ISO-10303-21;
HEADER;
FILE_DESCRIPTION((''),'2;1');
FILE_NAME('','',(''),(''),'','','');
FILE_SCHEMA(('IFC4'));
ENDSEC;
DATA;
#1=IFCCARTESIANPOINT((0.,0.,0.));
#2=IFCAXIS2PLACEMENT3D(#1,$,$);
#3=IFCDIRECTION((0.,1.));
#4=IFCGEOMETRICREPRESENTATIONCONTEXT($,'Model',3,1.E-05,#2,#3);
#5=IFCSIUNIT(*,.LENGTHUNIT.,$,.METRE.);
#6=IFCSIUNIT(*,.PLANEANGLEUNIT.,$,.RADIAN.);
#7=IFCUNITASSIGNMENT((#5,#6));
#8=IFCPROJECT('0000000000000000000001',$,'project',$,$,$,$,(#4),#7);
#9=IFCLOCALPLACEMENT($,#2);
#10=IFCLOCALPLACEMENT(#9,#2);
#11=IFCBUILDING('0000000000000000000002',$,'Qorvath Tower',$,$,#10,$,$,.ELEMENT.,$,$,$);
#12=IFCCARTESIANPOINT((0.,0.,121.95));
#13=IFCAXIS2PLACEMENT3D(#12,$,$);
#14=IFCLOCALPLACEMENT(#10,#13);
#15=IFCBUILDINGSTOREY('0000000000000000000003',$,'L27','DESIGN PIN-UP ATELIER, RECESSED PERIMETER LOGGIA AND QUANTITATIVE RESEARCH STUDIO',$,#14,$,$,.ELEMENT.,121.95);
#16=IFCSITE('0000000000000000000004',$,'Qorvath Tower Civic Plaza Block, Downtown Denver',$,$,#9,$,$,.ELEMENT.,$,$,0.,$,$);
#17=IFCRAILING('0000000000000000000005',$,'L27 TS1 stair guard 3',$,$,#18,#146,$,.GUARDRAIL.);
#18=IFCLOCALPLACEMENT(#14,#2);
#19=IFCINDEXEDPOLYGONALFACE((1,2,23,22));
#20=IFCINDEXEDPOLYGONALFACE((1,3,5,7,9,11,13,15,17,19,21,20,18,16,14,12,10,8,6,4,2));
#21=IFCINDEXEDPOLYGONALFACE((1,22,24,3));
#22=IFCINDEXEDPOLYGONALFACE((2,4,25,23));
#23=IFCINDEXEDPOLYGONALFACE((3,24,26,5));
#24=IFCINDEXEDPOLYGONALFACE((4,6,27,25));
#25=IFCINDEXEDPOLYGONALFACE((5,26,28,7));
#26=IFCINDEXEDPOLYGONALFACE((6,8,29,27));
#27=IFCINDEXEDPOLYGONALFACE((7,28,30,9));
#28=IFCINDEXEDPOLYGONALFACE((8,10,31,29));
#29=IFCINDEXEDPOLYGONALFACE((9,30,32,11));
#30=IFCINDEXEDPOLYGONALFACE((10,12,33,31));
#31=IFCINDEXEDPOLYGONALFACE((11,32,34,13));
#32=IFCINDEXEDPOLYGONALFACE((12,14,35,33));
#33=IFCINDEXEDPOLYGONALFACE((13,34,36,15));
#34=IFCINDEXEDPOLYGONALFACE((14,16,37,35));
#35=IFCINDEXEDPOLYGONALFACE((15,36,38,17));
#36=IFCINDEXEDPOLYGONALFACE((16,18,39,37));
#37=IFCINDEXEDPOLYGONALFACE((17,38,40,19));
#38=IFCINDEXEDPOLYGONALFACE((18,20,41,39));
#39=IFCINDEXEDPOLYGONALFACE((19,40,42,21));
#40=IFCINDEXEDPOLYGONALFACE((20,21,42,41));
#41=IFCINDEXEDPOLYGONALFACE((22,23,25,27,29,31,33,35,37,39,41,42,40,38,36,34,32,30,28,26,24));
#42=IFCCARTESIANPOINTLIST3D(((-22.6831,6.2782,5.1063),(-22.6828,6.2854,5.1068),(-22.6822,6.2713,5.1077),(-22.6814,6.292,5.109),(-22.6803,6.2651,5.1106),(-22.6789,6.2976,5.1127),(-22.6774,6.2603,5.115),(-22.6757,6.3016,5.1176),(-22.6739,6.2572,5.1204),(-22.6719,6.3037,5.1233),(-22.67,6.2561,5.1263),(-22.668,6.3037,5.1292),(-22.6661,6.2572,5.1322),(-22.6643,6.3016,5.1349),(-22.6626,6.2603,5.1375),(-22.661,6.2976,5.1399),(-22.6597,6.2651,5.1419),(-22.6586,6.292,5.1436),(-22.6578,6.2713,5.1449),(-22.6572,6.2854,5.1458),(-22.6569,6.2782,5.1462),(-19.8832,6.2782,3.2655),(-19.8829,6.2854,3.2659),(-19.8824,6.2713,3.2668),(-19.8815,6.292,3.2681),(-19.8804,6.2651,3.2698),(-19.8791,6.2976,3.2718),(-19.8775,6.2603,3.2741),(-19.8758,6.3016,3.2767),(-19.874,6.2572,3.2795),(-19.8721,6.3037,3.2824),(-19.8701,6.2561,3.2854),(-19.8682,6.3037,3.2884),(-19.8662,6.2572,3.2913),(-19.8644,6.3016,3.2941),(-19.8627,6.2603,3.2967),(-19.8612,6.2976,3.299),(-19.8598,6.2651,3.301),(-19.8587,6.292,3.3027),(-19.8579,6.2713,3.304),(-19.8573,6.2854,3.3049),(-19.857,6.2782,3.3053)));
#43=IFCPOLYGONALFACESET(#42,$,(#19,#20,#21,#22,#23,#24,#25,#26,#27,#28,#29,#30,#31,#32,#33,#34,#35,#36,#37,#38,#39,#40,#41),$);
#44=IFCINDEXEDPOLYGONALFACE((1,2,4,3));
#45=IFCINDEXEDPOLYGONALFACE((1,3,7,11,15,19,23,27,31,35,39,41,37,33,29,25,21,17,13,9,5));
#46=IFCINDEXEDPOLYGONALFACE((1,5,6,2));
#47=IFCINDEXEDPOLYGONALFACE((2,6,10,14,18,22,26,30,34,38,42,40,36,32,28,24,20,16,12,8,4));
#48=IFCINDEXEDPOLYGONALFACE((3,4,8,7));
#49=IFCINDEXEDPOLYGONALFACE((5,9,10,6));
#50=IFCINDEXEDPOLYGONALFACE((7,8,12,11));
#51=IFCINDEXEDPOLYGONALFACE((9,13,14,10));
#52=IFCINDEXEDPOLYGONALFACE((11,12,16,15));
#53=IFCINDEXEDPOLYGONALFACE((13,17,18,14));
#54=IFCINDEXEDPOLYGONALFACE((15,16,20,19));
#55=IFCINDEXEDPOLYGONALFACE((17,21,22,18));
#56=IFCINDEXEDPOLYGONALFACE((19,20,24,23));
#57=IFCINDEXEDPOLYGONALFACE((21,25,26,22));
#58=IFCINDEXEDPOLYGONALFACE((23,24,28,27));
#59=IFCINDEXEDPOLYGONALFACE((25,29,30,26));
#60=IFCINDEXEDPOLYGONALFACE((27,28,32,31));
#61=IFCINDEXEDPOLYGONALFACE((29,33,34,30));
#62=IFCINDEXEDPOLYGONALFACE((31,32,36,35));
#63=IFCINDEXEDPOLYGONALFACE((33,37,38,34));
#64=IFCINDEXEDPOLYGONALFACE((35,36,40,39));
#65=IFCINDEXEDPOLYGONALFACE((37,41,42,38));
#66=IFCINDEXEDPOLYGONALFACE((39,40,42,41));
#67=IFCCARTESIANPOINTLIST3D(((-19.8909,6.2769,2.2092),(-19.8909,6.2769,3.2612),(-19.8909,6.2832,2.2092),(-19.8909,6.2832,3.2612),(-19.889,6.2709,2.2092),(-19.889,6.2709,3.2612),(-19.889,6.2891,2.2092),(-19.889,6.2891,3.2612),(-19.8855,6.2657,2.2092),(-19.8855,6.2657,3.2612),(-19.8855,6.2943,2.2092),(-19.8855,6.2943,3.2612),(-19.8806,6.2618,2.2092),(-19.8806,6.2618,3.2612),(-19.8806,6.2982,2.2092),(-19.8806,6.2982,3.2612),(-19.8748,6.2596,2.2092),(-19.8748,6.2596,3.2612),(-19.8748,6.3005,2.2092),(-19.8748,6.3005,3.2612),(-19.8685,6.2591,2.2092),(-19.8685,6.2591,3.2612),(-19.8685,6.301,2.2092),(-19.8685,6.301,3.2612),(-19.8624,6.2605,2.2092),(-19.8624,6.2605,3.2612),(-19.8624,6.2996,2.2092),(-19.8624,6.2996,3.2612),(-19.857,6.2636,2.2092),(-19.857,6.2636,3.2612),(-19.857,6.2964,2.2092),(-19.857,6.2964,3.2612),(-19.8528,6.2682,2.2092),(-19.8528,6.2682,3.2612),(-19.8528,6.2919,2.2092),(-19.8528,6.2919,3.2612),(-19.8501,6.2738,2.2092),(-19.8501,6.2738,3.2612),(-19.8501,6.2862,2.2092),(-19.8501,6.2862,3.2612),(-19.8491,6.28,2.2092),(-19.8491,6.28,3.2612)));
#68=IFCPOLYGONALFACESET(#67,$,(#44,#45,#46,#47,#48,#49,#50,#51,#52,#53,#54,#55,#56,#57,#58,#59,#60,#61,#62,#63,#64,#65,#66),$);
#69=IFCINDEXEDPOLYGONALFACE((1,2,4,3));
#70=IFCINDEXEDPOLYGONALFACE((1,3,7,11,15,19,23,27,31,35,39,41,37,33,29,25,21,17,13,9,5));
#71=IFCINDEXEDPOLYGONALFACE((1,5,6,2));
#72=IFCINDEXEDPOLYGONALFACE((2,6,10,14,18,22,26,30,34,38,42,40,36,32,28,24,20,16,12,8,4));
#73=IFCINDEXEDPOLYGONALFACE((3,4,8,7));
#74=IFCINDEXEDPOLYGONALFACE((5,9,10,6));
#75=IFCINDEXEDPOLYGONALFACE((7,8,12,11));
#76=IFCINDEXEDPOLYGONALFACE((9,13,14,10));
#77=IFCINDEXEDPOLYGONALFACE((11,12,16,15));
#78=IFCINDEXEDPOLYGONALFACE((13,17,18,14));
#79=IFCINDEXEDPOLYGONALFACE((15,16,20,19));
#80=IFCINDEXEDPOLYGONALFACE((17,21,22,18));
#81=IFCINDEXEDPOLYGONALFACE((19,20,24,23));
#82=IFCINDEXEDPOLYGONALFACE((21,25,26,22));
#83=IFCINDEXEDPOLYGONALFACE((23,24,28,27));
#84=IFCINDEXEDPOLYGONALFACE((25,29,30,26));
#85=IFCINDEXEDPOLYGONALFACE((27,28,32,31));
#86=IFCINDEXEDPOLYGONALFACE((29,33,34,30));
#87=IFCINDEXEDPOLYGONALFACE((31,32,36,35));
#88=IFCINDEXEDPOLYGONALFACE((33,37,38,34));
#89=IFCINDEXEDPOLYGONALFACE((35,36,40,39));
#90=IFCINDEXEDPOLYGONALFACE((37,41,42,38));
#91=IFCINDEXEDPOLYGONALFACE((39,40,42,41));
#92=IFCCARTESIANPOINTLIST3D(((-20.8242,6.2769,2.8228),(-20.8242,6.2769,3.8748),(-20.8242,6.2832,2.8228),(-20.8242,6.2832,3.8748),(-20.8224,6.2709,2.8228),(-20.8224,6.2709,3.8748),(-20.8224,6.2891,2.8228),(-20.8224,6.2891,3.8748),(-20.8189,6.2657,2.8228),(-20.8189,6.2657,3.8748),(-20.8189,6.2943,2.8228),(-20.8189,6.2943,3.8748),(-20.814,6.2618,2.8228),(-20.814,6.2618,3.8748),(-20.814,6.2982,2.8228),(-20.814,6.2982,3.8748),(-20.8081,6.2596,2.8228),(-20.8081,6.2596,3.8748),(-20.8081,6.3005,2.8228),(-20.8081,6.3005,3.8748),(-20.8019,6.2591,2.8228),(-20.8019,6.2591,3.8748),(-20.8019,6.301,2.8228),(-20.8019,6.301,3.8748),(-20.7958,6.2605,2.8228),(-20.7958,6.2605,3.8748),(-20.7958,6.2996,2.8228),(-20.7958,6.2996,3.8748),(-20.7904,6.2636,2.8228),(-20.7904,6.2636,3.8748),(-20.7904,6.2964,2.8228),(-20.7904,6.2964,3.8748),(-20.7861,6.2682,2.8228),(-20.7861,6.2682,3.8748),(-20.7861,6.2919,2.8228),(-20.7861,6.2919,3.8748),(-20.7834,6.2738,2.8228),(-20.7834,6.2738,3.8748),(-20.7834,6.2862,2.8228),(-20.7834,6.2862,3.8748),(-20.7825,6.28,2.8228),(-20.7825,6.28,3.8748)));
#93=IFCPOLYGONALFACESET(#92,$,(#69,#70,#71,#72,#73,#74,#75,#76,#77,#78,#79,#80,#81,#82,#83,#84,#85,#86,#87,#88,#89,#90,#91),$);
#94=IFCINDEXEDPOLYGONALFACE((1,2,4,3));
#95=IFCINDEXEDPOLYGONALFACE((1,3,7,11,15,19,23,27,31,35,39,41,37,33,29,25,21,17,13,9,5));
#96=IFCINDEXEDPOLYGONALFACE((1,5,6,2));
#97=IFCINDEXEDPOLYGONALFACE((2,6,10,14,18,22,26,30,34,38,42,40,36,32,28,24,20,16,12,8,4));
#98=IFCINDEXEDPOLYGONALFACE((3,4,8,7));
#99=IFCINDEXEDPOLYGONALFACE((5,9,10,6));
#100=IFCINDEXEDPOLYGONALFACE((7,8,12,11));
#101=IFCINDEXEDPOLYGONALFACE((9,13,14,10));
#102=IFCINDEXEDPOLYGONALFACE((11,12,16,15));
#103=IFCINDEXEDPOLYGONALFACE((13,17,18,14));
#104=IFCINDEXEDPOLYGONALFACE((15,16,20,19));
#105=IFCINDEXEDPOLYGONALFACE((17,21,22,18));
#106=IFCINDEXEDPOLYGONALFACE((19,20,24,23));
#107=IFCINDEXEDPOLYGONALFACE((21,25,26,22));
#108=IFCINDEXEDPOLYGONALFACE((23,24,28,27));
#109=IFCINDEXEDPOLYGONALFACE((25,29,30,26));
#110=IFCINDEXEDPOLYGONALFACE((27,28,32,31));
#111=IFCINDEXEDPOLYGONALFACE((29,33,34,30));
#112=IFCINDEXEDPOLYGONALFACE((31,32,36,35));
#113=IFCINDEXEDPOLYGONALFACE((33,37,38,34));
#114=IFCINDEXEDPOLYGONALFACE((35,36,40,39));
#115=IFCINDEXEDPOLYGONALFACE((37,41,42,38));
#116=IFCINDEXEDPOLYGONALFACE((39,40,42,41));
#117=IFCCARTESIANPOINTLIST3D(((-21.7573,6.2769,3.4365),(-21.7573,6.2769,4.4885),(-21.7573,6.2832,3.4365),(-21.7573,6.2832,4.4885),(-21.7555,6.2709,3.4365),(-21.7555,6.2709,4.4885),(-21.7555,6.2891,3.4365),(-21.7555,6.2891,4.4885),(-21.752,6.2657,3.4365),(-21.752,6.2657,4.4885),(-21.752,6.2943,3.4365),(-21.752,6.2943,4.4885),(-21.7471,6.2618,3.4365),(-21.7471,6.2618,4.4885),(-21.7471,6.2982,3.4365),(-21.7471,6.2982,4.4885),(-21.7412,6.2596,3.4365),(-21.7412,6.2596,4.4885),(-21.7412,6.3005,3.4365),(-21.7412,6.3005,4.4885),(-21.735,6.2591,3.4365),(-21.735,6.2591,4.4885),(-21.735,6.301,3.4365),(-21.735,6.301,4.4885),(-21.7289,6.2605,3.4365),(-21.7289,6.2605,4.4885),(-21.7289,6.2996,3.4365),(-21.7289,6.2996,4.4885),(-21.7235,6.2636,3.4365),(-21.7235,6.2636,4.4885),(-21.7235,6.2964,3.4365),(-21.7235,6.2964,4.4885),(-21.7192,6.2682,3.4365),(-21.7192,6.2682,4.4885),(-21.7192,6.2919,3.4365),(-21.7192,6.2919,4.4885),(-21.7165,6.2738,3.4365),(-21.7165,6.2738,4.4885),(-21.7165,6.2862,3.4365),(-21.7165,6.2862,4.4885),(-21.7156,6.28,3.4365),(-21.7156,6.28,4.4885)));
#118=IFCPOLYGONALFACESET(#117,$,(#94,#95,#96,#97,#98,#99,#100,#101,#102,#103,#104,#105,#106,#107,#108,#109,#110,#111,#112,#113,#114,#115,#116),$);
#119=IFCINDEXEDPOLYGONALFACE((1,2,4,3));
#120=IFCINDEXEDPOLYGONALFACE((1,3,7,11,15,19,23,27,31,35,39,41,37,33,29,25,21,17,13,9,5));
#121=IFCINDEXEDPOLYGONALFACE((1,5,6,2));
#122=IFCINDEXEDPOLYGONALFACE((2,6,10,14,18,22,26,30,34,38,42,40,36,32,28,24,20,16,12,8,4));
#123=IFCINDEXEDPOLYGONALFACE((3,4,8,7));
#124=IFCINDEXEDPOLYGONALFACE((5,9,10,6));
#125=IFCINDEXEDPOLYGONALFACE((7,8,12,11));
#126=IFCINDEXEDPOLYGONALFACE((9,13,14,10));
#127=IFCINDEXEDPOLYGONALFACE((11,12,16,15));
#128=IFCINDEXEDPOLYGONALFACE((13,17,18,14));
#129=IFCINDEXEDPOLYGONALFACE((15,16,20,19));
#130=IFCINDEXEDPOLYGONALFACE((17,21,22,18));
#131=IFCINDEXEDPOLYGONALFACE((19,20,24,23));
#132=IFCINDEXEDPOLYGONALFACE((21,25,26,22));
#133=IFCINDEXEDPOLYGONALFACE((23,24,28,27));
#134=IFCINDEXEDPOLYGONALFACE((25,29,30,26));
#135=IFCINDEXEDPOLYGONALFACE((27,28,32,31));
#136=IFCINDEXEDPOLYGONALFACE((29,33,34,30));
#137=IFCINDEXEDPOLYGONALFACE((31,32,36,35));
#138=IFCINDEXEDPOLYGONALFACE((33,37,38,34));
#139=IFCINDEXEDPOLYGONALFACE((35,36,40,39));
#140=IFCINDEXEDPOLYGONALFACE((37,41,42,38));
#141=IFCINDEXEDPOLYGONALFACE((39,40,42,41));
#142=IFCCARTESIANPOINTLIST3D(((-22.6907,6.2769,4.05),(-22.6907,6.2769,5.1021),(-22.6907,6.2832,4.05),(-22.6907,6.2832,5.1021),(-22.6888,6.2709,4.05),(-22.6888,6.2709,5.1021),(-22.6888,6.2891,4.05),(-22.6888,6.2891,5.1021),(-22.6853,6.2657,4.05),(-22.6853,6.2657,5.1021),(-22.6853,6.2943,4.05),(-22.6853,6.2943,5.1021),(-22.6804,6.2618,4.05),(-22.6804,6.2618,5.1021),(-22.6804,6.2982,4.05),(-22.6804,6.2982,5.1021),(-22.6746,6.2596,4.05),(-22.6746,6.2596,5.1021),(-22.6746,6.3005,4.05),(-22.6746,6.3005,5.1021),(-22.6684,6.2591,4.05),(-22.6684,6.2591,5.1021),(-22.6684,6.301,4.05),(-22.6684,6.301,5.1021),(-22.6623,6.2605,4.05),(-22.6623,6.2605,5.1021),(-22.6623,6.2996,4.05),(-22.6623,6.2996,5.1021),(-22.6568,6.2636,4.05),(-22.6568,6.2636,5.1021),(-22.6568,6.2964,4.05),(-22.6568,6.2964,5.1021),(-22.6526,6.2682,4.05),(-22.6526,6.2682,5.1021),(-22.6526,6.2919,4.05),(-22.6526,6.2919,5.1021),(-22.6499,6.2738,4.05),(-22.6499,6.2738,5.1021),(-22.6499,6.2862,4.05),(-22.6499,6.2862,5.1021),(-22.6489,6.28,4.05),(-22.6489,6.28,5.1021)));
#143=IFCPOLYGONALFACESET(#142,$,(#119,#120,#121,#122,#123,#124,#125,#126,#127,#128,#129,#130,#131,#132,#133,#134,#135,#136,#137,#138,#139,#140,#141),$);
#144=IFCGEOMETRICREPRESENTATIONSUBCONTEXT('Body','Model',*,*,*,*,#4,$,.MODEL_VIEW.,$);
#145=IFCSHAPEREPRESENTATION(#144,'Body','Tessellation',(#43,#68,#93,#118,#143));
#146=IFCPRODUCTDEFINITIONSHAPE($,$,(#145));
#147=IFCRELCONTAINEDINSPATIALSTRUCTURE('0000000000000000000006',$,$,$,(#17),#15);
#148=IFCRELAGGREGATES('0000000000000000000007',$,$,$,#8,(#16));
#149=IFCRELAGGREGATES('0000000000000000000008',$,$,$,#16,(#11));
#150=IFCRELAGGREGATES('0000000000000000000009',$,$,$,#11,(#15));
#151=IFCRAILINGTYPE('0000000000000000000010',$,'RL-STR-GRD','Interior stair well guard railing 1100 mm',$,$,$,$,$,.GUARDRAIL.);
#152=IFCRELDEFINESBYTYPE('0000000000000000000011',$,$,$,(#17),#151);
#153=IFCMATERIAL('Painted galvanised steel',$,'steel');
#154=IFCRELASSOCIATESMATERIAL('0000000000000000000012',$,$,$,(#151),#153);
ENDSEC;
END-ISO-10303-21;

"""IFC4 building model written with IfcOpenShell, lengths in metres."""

from ifc_helpers import new_model, si_unit, direction, frame, origin, origin_2d, place, context, subcontext, project, spatial, circle, extrude, material, type_object, element, save


model = new_model("IFC4")

# Units and contexts
model_context = context("Model", 3, precision=1e-05, world=origin(), true_north=direction((0.0, 1.0)))
body_context = subcontext(model_context, "Body", "Model", "MODEL_VIEW")
ifc_project = project(units=[si_unit("LENGTHUNIT", "METRE"), si_unit("PLANEANGLEUNIT", "RADIAN")], contexts=[model_context])

# Site, building, storey
site_placement = place(None, origin())
site = spatial("IfcSite", under=ifc_project, at=site_placement, Name="Qorvath Tower Civic Plaza Block, Downtown Denver", CompositionType="ELEMENT", RefElevation=0.0)
building_placement = place(site_placement, origin())
building = spatial("IfcBuilding", under=site, at=building_placement, Name="Qorvath Tower", CompositionType="ELEMENT")
storey_placement = place(building_placement, frame((0.0, 0.0, 121.95)))
storey = spatial("IfcBuildingStorey", under=building, at=storey_placement, Name="L27", Description="DESIGN PIN-UP ATELIER, RECESSED PERIMETER LOGGIA AND QUANTITATIVE RESEARCH STUDIO", CompositionType="ELEMENT", Elevation=121.95)

# Railing
ifc_material_1 = material(Name="Painted galvanised steel", Category="steel")
railing_type_1 = type_object("IfcRailingType", Name="RL-STR-GRD", Description="Interior stair well guard railing 1100 mm", PredefinedType="GUARDRAIL", material=ifc_material_1)
railing_1_placement = place(storey_placement, frame((-19.8701, 6.28, 2.2092)))
element("IfcRailing", 1, at=railing_1_placement, inside=storey, type_object=railing_type_1, Name="L27 TS1 stair guard 3", PredefinedType="GUARDRAIL", context=body_context, shape_type="SweptSolid", body=[
    extrude(circle(Radius=0.0239, at=origin_2d()), frame((0.0, 0.0, 1.0762), z_axis=(-0.835576, 0.0, 0.549376), x_axis=(0.0, -1.0, 0.0)), (0.0, 0.0, 1.0), 3.3508),
    extrude(circle(Radius=0.021, at=origin_2d()), origin(), (0.0, 0.0, 1.0), 1.052),
    extrude(circle(Radius=0.021, at=origin_2d()), frame((-0.9333, 0.0, 0.6135)), (0.0, 0.0, 1.0), 1.052),
    extrude(circle(Radius=0.021, at=origin_2d()), frame((-1.8665, 0.0, 1.2273)), (0.0, 0.0, 1.0), 1.052),
    extrude(circle(Radius=0.021, at=origin_2d()), frame((-2.7998, 0.0, 1.8408)), (0.0, 0.0, 1.0), 1.052),
])

save(model, "model.ifc")
